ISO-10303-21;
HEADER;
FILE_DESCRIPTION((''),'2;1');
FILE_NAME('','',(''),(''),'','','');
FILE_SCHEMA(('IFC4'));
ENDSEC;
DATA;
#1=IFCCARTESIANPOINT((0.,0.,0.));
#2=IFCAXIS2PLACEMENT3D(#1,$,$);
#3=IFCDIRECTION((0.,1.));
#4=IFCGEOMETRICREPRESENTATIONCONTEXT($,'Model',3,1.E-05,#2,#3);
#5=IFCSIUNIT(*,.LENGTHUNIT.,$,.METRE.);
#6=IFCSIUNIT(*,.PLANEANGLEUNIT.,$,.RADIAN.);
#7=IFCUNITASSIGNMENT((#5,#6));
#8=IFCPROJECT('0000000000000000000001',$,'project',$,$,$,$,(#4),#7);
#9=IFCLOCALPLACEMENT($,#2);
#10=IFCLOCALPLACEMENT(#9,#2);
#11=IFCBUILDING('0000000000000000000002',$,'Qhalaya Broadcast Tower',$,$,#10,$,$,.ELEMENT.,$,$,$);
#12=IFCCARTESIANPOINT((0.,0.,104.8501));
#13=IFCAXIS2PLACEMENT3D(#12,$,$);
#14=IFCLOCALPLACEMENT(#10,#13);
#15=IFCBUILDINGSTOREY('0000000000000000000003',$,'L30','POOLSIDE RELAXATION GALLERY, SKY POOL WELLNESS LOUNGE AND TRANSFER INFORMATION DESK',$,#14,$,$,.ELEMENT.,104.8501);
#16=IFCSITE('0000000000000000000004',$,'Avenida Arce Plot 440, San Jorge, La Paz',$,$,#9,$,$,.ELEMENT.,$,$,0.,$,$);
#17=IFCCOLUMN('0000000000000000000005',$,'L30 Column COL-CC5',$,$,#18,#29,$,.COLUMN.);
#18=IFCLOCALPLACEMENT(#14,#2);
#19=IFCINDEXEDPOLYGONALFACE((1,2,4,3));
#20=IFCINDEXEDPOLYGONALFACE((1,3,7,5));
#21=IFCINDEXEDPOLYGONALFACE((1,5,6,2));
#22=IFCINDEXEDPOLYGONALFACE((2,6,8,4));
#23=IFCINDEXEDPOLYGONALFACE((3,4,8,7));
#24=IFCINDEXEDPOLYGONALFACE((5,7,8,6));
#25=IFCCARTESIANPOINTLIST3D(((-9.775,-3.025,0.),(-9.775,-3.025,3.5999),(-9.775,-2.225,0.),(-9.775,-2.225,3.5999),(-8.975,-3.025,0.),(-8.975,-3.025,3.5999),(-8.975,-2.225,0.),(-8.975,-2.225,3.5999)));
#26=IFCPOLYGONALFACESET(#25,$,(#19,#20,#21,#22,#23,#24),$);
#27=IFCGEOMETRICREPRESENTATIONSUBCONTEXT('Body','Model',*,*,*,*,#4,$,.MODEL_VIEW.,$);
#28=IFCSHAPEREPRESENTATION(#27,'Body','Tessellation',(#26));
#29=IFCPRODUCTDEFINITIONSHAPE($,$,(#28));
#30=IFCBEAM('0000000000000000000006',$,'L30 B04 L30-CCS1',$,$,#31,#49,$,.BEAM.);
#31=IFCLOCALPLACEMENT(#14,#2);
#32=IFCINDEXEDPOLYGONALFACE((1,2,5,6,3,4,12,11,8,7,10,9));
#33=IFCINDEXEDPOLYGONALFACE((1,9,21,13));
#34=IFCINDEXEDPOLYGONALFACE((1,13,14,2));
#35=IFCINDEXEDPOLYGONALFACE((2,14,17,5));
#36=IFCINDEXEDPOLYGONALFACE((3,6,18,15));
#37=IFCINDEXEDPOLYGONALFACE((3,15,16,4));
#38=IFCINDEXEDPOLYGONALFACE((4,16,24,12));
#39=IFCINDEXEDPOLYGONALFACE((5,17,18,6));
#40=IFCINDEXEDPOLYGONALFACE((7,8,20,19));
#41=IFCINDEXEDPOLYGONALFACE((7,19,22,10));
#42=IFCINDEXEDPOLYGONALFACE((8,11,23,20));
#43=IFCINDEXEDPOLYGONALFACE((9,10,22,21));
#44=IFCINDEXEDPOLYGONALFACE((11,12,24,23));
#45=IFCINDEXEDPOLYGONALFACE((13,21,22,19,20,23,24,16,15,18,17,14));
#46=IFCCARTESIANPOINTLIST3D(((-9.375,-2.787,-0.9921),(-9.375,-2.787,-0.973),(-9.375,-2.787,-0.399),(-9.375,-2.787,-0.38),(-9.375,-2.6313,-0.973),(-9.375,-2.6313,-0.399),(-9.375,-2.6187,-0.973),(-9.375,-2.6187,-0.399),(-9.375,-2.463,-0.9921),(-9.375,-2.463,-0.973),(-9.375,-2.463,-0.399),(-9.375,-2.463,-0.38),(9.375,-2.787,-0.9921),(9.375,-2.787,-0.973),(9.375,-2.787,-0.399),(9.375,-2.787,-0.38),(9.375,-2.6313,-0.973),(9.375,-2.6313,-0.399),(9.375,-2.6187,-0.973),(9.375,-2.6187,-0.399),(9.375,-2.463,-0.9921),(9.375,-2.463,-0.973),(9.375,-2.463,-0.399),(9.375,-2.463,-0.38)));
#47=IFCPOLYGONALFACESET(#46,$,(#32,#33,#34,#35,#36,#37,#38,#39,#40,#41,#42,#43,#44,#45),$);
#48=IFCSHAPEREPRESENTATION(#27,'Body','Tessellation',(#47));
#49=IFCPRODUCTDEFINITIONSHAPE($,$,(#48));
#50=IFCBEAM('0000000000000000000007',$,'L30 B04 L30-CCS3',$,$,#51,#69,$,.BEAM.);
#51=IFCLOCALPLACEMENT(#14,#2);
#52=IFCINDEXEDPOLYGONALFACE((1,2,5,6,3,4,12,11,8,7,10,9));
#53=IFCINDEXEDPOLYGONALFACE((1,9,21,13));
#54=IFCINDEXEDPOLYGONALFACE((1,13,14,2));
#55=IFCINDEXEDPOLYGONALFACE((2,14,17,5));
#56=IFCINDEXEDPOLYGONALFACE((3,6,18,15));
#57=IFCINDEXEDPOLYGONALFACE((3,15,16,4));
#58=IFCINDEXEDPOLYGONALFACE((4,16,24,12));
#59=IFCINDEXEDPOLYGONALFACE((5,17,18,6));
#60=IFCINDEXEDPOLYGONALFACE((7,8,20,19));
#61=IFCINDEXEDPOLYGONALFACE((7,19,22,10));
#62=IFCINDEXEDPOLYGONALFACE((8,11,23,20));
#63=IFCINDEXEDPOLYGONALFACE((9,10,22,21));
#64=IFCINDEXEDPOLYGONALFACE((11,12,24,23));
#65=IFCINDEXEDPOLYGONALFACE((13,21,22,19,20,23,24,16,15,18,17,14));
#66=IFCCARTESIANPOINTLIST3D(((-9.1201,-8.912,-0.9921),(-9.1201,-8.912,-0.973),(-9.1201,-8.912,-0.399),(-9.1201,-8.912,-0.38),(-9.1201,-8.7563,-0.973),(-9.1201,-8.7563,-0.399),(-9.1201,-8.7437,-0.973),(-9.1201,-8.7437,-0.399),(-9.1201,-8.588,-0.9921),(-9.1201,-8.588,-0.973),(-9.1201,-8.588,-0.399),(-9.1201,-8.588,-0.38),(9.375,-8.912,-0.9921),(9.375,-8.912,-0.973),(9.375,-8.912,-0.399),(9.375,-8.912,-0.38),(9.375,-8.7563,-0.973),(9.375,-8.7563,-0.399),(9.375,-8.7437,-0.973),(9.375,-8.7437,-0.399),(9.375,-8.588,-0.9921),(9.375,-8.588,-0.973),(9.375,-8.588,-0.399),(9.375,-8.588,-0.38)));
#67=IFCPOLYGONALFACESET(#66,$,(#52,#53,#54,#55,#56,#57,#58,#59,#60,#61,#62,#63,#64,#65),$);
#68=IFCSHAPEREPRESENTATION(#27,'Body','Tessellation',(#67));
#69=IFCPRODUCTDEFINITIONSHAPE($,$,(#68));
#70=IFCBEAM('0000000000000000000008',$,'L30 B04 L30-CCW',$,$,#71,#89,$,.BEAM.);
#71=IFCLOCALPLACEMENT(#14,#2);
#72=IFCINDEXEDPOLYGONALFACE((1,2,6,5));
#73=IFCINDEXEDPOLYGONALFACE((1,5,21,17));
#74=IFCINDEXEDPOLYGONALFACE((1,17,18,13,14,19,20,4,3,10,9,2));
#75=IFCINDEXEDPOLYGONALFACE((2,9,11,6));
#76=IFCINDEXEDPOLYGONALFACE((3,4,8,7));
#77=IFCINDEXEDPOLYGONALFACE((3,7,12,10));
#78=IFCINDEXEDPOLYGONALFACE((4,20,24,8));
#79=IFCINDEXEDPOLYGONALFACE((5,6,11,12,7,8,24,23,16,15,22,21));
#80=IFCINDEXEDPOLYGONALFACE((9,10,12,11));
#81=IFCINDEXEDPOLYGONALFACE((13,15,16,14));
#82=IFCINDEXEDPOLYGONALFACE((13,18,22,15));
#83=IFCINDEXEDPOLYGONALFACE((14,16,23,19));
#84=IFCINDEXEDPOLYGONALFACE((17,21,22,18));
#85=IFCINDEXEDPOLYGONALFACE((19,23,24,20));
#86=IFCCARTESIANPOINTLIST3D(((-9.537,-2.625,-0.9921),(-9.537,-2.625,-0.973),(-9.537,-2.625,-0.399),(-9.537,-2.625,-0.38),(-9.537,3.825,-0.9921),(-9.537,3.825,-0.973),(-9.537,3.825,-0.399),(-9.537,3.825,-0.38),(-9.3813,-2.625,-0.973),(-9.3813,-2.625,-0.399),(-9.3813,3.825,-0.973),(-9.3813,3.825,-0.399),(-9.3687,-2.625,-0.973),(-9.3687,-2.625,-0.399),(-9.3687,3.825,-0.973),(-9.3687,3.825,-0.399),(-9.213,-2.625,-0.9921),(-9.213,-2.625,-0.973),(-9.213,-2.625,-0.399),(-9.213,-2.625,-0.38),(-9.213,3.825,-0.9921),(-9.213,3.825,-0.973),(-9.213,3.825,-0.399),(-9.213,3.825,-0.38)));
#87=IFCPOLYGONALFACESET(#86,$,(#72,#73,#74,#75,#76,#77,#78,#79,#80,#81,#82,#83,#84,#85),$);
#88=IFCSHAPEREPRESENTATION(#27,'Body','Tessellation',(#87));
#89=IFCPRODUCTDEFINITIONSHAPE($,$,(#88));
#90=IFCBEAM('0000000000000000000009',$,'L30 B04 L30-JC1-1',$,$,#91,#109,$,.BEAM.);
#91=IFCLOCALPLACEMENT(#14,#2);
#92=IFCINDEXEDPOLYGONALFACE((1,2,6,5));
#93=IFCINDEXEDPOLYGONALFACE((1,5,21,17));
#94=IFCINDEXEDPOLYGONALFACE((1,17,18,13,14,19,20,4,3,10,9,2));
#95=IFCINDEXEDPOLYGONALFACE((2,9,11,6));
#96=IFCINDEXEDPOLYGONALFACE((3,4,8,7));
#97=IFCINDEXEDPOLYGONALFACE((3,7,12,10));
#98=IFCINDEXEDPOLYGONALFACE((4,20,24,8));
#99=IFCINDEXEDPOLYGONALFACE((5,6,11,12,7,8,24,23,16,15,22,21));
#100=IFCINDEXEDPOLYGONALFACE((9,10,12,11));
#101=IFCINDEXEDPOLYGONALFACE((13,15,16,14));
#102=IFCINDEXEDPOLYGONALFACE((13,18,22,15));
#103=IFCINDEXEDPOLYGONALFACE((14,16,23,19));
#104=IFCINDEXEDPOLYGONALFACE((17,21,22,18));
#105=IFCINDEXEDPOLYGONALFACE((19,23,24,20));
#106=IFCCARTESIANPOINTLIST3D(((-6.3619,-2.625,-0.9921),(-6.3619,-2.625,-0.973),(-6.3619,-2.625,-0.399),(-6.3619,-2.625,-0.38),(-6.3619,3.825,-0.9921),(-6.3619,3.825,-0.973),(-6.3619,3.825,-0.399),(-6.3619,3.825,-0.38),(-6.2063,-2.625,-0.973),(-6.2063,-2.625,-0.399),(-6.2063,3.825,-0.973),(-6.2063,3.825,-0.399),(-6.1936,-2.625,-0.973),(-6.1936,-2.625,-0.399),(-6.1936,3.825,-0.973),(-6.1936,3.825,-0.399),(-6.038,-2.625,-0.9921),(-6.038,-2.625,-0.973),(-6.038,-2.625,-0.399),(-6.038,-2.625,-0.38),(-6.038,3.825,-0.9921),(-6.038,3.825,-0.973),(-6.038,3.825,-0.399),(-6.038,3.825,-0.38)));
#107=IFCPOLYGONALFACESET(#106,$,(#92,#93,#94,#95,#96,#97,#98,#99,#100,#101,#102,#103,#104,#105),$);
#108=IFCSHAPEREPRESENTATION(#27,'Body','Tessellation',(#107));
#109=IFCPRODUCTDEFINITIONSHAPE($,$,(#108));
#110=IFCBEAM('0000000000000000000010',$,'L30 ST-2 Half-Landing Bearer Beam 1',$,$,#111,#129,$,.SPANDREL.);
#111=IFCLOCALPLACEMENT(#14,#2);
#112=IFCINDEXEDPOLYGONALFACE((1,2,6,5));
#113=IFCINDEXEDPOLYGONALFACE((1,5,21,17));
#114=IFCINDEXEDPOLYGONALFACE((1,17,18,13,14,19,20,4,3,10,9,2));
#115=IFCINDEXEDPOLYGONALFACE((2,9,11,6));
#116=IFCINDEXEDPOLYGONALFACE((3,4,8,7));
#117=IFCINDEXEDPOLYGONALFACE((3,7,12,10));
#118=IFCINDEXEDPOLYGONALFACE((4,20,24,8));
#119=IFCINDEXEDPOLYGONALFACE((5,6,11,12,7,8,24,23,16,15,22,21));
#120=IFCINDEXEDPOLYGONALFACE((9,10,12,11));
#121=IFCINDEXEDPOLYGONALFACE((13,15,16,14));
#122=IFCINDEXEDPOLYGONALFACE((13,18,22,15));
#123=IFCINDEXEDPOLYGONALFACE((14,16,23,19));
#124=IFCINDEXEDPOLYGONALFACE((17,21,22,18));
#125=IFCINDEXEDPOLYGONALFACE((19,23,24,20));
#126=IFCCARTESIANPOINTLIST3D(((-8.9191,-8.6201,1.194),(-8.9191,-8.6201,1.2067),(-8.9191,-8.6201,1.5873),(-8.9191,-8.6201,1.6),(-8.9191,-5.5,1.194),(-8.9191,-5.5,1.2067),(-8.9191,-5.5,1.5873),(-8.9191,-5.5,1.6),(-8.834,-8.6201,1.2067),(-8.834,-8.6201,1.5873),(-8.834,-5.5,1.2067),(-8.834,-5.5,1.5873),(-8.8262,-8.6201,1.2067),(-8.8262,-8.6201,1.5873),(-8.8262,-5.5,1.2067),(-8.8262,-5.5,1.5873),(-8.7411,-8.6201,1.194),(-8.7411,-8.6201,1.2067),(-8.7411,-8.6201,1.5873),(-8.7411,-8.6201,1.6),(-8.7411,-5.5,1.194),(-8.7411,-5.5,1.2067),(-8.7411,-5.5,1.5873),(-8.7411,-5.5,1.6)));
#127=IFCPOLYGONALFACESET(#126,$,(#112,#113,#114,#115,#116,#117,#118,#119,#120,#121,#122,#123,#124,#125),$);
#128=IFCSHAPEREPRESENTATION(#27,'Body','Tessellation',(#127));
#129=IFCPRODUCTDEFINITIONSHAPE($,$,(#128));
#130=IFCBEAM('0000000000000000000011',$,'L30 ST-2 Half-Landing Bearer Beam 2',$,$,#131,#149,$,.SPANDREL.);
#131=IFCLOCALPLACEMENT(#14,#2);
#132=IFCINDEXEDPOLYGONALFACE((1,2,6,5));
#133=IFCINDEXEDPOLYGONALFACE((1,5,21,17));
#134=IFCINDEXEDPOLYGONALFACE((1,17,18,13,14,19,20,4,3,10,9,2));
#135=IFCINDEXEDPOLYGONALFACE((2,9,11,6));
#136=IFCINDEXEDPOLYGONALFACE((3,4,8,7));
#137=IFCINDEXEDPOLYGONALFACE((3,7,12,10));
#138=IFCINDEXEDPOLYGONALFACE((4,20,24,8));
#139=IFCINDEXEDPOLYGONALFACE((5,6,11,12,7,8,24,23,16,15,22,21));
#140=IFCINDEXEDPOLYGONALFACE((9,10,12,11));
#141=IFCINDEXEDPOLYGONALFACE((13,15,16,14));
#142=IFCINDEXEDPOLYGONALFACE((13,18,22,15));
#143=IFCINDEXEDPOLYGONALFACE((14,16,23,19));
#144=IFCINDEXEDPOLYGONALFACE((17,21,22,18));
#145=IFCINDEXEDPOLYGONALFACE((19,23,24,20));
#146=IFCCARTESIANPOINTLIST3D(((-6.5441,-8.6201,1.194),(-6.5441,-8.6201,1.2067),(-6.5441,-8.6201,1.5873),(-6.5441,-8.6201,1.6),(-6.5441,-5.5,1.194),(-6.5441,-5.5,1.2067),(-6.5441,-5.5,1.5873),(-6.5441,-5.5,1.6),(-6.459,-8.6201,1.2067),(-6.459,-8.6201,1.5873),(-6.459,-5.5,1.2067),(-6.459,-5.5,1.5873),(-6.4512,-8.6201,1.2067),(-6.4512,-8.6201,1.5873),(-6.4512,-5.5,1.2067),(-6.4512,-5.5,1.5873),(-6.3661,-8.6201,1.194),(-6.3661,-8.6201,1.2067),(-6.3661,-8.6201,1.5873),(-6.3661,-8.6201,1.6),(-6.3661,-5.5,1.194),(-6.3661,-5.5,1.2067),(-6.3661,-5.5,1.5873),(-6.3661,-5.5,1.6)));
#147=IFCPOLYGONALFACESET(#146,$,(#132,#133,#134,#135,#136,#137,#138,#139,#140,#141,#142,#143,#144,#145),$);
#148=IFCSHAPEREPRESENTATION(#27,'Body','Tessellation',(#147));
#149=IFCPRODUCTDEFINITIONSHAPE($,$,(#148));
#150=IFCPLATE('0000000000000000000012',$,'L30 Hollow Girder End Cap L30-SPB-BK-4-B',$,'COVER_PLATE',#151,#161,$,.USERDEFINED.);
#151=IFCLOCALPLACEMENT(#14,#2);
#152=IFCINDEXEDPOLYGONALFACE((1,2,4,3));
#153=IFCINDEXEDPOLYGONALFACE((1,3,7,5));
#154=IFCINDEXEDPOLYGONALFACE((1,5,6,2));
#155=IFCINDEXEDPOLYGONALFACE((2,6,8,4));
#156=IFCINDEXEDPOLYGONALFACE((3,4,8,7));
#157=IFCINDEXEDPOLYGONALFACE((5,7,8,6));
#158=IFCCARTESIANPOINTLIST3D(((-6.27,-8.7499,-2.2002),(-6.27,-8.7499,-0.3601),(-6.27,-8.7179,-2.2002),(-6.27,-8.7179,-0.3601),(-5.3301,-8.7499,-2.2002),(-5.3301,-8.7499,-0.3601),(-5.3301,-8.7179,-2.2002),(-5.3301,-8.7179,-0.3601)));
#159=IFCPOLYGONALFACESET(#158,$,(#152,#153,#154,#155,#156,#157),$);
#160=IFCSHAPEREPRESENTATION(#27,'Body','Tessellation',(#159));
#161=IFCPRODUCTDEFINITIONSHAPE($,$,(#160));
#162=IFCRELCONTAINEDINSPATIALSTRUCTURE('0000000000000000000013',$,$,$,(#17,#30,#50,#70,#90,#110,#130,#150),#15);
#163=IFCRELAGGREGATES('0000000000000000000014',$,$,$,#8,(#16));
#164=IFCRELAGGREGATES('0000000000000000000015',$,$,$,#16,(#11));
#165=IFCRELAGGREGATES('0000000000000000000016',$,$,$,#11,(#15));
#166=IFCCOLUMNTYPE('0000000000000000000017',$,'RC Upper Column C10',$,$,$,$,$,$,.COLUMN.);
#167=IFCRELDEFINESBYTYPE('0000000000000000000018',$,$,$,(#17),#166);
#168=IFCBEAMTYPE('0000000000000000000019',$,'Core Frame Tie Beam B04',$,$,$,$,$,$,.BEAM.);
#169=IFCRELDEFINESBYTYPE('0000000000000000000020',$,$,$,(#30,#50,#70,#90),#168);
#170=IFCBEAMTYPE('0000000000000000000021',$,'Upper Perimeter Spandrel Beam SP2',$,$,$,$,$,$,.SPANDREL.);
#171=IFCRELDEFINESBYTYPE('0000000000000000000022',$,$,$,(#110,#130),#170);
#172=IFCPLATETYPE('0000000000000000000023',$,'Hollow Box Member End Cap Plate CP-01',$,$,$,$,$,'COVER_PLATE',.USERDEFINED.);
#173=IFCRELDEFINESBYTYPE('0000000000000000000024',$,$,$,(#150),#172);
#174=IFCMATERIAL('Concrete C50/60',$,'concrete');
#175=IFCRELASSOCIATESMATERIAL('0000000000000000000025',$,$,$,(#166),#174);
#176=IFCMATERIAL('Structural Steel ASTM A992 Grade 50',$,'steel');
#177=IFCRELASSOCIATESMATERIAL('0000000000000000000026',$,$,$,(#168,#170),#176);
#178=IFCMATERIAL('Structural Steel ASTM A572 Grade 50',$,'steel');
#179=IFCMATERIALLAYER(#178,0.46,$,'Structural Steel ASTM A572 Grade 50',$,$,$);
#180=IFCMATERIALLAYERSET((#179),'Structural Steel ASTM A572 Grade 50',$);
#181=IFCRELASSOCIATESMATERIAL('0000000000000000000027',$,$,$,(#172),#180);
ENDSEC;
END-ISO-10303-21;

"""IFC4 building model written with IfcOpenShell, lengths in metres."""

from ifc_helpers import new_model, si_unit, direction, frame, origin, origin_2d, place, context, subcontext, project, spatial, rectangle, i_section, extrude, material, layer, layer_set, material_profile, profile_set, type_object, element, save


model = new_model("IFC4")

# Units and contexts
model_context = context("Model", 3, precision=1e-05, world=origin(), true_north=direction((0.0, 1.0)))
body_context = subcontext(model_context, "Body", "Model", "MODEL_VIEW")
ifc_project = project(units=[si_unit("LENGTHUNIT", "METRE"), si_unit("PLANEANGLEUNIT", "RADIAN")], contexts=[model_context])

# Site, building, storey
site_placement = place(None, origin())
site = spatial("IfcSite", under=ifc_project, at=site_placement, Name="Avenida Arce Plot 440, San Jorge, La Paz", CompositionType="ELEMENT", RefElevation=0.0)
building_placement = place(site_placement, origin())
building = spatial("IfcBuilding", under=site, at=building_placement, Name="Qhalaya Broadcast Tower", CompositionType="ELEMENT")
storey_placement = place(building_placement, frame((0.0, 0.0, 104.8501)))
storey = spatial("IfcBuildingStorey", under=building, at=storey_placement, Name="L30", Description="POOLSIDE RELAXATION GALLERY, SKY POOL WELLNESS LOUNGE AND TRANSFER INFORMATION DESK", CompositionType="ELEMENT", Elevation=104.8501)

# Column
ifc_material_1 = material(Name="Concrete C50/60", Category="concrete")
ifc_material_profile_1 = material_profile(ifc_material_1, rectangle(XDim=0.8, YDim=0.8, at=origin_2d()), Name="RC-COL 800x800")
ifc_profile_set_1 = profile_set([ifc_material_profile_1], Name="Concrete C50/60")
column_type = type_object("IfcColumnType", Name="RC Upper Column C10", PredefinedType="COLUMN", material=ifc_profile_set_1)
column_placement = place(storey_placement, frame((-9.375, -2.625, 0.0), z_axis=(0.0, 0.0, 1.0), x_axis=(1.0, 0.0, 0.0)))
element("IfcColumn", 1, at=column_placement, inside=storey, type_object=column_type, Name="L30 Column COL-CC5", PredefinedType="COLUMN", context=body_context, shape_type="SweptSolid", body=[
    extrude(rectangle(XDim=0.8, YDim=0.8, at=origin_2d()), origin(), (0.0, 0.0, 1.0), 3.5999),
])

# Beams
ifc_material_2 = material(Name="Structural Steel ASTM A992 Grade 50", Category="steel")
ifc_material_profile_2 = material_profile(ifc_material_2, i_section(OverallWidth=0.324, OverallDepth=0.6121, WebThickness=0.0127, FlangeThickness=0.019, at=origin_2d()), Name="W24X104")
ifc_profile_set_2 = profile_set([ifc_material_profile_2], Name="Structural Steel ASTM A992 Grade 50")
beam_type_1 = type_object("IfcBeamType", Name="Core Frame Tie Beam B04", PredefinedType="BEAM", material=ifc_profile_set_2)
beam_1_placement = place(storey_placement, frame((-9.375, -2.625, -0.686), z_axis=(1.0, 0.0, 0.0), x_axis=(0.0, 1.0, 0.0)))
element("IfcBeam", 2, at=beam_1_placement, inside=storey, type_object=beam_type_1, Name="L30 B04 L30-CCS1", PredefinedType="BEAM", context=body_context, shape_type="SweptSolid", body=[
    extrude(i_section(OverallWidth=0.324, OverallDepth=0.6121, WebThickness=0.0127, FlangeThickness=0.019, at=origin_2d()), origin(), (0.0, 0.0, 1.0), 18.75),
])
beam_2_placement = place(storey_placement, frame((-9.1201, -8.75, -0.686), z_axis=(1.0, 0.0, 0.0), x_axis=(0.0, 1.0, 0.0)))
element("IfcBeam", 3, at=beam_2_placement, inside=storey, type_object=beam_type_1, Name="L30 B04 L30-CCS3", PredefinedType="BEAM", context=body_context, shape_type="SweptSolid", body=[
    extrude(i_section(OverallWidth=0.324, OverallDepth=0.6121, WebThickness=0.0127, FlangeThickness=0.019, at=origin_2d()), origin(), (0.0, 0.0, 1.0), 18.4951),
])
for number, where, z_axis, x_axis, name in (
    (4, (-9.375, -2.625, -0.686), (0.0, 1.0, 0.0), (-1.0, 0.0, 0.0), "L30 B04 L30-CCW"),
    (5, (-6.2, -2.625, -0.686), (0.0, 1.0, 0.0), (-1.0, 0.0, 0.0), "L30 B04 L30-JC1-1"),
):
    element("IfcBeam", number, at=place(storey_placement, frame(where, z_axis=z_axis, x_axis=x_axis)), inside=storey, type_object=beam_type_1, Name=name, PredefinedType="BEAM", context=body_context, shape_type="SweptSolid", body=[
        extrude(i_section(OverallWidth=0.324, OverallDepth=0.6121, WebThickness=0.0127, FlangeThickness=0.019, at=origin_2d()), origin(), (0.0, 0.0, 1.0), 6.45),
    ])
ifc_material_profile_3 = material_profile(ifc_material_2, i_section(OverallWidth=0.178, OverallDepth=0.406, WebThickness=0.0078, FlangeThickness=0.0127, at=origin_2d()), Name="W16X40")
ifc_profile_set_3 = profile_set([ifc_material_profile_3], Name="Structural Steel ASTM A992 Grade 50")
beam_type_2 = type_object("IfcBeamType", Name="Upper Perimeter Spandrel Beam SP2", PredefinedType="SPANDREL", material=ifc_profile_set_3)
for number, where, z_axis, x_axis, name in (
    (6, (-8.8301, -8.6201, 1.397), (0.0, 1.0, 0.0), (-1.0, 0.0, 0.0), "L30 ST-2 Half-Landing Bearer Beam 1"),
    (7, (-6.4551, -8.6201, 1.397), (0.0, 1.0, 0.0), (-1.0, 0.0, 0.0), "L30 ST-2 Half-Landing Bearer Beam 2"),
):
    element("IfcBeam", number, at=place(storey_placement, frame(where, z_axis=z_axis, x_axis=x_axis)), inside=storey, type_object=beam_type_2, Name=name, PredefinedType="SPANDREL", context=body_context, shape_type="SweptSolid", body=[
        extrude(i_section(OverallWidth=0.178, OverallDepth=0.406, WebThickness=0.0078, FlangeThickness=0.0127, at=origin_2d()), origin(), (0.0, 0.0, 1.0), 3.1201),
    ])

# Plate
ifc_material_3 = material(Name="Structural Steel ASTM A572 Grade 50", Category="steel")
ifc_layer_1 = layer(ifc_material_3, 0.46, Name="Structural Steel ASTM A572 Grade 50")
ifc_layer_set_1 = layer_set([ifc_layer_1], Name="Structural Steel ASTM A572 Grade 50")
plate_type = type_object("IfcPlateType", Name="Hollow Box Member End Cap Plate CP-01", ElementType="COVER_PLATE", PredefinedType="USERDEFINED", material=ifc_layer_set_1)
plate_placement = place(storey_placement, frame((-5.8, -8.7339, -2.2002), z_axis=(0.0, 0.0, 1.0), x_axis=(-1.0, 0.0, 0.0)))
element("IfcPlate", 8, at=plate_placement, inside=storey, type_object=plate_type, Name="L30 Hollow Girder End Cap L30-SPB-BK-4-B", ObjectType="COVER_PLATE", PredefinedType="USERDEFINED", context=body_context, shape_type="SweptSolid", body=[
    extrude(rectangle(XDim=0.9399, YDim=0.032, at=origin_2d()), origin(), (0.0, 0.0, 1.0), 1.8401),
])

save(model, "model.ifc")
